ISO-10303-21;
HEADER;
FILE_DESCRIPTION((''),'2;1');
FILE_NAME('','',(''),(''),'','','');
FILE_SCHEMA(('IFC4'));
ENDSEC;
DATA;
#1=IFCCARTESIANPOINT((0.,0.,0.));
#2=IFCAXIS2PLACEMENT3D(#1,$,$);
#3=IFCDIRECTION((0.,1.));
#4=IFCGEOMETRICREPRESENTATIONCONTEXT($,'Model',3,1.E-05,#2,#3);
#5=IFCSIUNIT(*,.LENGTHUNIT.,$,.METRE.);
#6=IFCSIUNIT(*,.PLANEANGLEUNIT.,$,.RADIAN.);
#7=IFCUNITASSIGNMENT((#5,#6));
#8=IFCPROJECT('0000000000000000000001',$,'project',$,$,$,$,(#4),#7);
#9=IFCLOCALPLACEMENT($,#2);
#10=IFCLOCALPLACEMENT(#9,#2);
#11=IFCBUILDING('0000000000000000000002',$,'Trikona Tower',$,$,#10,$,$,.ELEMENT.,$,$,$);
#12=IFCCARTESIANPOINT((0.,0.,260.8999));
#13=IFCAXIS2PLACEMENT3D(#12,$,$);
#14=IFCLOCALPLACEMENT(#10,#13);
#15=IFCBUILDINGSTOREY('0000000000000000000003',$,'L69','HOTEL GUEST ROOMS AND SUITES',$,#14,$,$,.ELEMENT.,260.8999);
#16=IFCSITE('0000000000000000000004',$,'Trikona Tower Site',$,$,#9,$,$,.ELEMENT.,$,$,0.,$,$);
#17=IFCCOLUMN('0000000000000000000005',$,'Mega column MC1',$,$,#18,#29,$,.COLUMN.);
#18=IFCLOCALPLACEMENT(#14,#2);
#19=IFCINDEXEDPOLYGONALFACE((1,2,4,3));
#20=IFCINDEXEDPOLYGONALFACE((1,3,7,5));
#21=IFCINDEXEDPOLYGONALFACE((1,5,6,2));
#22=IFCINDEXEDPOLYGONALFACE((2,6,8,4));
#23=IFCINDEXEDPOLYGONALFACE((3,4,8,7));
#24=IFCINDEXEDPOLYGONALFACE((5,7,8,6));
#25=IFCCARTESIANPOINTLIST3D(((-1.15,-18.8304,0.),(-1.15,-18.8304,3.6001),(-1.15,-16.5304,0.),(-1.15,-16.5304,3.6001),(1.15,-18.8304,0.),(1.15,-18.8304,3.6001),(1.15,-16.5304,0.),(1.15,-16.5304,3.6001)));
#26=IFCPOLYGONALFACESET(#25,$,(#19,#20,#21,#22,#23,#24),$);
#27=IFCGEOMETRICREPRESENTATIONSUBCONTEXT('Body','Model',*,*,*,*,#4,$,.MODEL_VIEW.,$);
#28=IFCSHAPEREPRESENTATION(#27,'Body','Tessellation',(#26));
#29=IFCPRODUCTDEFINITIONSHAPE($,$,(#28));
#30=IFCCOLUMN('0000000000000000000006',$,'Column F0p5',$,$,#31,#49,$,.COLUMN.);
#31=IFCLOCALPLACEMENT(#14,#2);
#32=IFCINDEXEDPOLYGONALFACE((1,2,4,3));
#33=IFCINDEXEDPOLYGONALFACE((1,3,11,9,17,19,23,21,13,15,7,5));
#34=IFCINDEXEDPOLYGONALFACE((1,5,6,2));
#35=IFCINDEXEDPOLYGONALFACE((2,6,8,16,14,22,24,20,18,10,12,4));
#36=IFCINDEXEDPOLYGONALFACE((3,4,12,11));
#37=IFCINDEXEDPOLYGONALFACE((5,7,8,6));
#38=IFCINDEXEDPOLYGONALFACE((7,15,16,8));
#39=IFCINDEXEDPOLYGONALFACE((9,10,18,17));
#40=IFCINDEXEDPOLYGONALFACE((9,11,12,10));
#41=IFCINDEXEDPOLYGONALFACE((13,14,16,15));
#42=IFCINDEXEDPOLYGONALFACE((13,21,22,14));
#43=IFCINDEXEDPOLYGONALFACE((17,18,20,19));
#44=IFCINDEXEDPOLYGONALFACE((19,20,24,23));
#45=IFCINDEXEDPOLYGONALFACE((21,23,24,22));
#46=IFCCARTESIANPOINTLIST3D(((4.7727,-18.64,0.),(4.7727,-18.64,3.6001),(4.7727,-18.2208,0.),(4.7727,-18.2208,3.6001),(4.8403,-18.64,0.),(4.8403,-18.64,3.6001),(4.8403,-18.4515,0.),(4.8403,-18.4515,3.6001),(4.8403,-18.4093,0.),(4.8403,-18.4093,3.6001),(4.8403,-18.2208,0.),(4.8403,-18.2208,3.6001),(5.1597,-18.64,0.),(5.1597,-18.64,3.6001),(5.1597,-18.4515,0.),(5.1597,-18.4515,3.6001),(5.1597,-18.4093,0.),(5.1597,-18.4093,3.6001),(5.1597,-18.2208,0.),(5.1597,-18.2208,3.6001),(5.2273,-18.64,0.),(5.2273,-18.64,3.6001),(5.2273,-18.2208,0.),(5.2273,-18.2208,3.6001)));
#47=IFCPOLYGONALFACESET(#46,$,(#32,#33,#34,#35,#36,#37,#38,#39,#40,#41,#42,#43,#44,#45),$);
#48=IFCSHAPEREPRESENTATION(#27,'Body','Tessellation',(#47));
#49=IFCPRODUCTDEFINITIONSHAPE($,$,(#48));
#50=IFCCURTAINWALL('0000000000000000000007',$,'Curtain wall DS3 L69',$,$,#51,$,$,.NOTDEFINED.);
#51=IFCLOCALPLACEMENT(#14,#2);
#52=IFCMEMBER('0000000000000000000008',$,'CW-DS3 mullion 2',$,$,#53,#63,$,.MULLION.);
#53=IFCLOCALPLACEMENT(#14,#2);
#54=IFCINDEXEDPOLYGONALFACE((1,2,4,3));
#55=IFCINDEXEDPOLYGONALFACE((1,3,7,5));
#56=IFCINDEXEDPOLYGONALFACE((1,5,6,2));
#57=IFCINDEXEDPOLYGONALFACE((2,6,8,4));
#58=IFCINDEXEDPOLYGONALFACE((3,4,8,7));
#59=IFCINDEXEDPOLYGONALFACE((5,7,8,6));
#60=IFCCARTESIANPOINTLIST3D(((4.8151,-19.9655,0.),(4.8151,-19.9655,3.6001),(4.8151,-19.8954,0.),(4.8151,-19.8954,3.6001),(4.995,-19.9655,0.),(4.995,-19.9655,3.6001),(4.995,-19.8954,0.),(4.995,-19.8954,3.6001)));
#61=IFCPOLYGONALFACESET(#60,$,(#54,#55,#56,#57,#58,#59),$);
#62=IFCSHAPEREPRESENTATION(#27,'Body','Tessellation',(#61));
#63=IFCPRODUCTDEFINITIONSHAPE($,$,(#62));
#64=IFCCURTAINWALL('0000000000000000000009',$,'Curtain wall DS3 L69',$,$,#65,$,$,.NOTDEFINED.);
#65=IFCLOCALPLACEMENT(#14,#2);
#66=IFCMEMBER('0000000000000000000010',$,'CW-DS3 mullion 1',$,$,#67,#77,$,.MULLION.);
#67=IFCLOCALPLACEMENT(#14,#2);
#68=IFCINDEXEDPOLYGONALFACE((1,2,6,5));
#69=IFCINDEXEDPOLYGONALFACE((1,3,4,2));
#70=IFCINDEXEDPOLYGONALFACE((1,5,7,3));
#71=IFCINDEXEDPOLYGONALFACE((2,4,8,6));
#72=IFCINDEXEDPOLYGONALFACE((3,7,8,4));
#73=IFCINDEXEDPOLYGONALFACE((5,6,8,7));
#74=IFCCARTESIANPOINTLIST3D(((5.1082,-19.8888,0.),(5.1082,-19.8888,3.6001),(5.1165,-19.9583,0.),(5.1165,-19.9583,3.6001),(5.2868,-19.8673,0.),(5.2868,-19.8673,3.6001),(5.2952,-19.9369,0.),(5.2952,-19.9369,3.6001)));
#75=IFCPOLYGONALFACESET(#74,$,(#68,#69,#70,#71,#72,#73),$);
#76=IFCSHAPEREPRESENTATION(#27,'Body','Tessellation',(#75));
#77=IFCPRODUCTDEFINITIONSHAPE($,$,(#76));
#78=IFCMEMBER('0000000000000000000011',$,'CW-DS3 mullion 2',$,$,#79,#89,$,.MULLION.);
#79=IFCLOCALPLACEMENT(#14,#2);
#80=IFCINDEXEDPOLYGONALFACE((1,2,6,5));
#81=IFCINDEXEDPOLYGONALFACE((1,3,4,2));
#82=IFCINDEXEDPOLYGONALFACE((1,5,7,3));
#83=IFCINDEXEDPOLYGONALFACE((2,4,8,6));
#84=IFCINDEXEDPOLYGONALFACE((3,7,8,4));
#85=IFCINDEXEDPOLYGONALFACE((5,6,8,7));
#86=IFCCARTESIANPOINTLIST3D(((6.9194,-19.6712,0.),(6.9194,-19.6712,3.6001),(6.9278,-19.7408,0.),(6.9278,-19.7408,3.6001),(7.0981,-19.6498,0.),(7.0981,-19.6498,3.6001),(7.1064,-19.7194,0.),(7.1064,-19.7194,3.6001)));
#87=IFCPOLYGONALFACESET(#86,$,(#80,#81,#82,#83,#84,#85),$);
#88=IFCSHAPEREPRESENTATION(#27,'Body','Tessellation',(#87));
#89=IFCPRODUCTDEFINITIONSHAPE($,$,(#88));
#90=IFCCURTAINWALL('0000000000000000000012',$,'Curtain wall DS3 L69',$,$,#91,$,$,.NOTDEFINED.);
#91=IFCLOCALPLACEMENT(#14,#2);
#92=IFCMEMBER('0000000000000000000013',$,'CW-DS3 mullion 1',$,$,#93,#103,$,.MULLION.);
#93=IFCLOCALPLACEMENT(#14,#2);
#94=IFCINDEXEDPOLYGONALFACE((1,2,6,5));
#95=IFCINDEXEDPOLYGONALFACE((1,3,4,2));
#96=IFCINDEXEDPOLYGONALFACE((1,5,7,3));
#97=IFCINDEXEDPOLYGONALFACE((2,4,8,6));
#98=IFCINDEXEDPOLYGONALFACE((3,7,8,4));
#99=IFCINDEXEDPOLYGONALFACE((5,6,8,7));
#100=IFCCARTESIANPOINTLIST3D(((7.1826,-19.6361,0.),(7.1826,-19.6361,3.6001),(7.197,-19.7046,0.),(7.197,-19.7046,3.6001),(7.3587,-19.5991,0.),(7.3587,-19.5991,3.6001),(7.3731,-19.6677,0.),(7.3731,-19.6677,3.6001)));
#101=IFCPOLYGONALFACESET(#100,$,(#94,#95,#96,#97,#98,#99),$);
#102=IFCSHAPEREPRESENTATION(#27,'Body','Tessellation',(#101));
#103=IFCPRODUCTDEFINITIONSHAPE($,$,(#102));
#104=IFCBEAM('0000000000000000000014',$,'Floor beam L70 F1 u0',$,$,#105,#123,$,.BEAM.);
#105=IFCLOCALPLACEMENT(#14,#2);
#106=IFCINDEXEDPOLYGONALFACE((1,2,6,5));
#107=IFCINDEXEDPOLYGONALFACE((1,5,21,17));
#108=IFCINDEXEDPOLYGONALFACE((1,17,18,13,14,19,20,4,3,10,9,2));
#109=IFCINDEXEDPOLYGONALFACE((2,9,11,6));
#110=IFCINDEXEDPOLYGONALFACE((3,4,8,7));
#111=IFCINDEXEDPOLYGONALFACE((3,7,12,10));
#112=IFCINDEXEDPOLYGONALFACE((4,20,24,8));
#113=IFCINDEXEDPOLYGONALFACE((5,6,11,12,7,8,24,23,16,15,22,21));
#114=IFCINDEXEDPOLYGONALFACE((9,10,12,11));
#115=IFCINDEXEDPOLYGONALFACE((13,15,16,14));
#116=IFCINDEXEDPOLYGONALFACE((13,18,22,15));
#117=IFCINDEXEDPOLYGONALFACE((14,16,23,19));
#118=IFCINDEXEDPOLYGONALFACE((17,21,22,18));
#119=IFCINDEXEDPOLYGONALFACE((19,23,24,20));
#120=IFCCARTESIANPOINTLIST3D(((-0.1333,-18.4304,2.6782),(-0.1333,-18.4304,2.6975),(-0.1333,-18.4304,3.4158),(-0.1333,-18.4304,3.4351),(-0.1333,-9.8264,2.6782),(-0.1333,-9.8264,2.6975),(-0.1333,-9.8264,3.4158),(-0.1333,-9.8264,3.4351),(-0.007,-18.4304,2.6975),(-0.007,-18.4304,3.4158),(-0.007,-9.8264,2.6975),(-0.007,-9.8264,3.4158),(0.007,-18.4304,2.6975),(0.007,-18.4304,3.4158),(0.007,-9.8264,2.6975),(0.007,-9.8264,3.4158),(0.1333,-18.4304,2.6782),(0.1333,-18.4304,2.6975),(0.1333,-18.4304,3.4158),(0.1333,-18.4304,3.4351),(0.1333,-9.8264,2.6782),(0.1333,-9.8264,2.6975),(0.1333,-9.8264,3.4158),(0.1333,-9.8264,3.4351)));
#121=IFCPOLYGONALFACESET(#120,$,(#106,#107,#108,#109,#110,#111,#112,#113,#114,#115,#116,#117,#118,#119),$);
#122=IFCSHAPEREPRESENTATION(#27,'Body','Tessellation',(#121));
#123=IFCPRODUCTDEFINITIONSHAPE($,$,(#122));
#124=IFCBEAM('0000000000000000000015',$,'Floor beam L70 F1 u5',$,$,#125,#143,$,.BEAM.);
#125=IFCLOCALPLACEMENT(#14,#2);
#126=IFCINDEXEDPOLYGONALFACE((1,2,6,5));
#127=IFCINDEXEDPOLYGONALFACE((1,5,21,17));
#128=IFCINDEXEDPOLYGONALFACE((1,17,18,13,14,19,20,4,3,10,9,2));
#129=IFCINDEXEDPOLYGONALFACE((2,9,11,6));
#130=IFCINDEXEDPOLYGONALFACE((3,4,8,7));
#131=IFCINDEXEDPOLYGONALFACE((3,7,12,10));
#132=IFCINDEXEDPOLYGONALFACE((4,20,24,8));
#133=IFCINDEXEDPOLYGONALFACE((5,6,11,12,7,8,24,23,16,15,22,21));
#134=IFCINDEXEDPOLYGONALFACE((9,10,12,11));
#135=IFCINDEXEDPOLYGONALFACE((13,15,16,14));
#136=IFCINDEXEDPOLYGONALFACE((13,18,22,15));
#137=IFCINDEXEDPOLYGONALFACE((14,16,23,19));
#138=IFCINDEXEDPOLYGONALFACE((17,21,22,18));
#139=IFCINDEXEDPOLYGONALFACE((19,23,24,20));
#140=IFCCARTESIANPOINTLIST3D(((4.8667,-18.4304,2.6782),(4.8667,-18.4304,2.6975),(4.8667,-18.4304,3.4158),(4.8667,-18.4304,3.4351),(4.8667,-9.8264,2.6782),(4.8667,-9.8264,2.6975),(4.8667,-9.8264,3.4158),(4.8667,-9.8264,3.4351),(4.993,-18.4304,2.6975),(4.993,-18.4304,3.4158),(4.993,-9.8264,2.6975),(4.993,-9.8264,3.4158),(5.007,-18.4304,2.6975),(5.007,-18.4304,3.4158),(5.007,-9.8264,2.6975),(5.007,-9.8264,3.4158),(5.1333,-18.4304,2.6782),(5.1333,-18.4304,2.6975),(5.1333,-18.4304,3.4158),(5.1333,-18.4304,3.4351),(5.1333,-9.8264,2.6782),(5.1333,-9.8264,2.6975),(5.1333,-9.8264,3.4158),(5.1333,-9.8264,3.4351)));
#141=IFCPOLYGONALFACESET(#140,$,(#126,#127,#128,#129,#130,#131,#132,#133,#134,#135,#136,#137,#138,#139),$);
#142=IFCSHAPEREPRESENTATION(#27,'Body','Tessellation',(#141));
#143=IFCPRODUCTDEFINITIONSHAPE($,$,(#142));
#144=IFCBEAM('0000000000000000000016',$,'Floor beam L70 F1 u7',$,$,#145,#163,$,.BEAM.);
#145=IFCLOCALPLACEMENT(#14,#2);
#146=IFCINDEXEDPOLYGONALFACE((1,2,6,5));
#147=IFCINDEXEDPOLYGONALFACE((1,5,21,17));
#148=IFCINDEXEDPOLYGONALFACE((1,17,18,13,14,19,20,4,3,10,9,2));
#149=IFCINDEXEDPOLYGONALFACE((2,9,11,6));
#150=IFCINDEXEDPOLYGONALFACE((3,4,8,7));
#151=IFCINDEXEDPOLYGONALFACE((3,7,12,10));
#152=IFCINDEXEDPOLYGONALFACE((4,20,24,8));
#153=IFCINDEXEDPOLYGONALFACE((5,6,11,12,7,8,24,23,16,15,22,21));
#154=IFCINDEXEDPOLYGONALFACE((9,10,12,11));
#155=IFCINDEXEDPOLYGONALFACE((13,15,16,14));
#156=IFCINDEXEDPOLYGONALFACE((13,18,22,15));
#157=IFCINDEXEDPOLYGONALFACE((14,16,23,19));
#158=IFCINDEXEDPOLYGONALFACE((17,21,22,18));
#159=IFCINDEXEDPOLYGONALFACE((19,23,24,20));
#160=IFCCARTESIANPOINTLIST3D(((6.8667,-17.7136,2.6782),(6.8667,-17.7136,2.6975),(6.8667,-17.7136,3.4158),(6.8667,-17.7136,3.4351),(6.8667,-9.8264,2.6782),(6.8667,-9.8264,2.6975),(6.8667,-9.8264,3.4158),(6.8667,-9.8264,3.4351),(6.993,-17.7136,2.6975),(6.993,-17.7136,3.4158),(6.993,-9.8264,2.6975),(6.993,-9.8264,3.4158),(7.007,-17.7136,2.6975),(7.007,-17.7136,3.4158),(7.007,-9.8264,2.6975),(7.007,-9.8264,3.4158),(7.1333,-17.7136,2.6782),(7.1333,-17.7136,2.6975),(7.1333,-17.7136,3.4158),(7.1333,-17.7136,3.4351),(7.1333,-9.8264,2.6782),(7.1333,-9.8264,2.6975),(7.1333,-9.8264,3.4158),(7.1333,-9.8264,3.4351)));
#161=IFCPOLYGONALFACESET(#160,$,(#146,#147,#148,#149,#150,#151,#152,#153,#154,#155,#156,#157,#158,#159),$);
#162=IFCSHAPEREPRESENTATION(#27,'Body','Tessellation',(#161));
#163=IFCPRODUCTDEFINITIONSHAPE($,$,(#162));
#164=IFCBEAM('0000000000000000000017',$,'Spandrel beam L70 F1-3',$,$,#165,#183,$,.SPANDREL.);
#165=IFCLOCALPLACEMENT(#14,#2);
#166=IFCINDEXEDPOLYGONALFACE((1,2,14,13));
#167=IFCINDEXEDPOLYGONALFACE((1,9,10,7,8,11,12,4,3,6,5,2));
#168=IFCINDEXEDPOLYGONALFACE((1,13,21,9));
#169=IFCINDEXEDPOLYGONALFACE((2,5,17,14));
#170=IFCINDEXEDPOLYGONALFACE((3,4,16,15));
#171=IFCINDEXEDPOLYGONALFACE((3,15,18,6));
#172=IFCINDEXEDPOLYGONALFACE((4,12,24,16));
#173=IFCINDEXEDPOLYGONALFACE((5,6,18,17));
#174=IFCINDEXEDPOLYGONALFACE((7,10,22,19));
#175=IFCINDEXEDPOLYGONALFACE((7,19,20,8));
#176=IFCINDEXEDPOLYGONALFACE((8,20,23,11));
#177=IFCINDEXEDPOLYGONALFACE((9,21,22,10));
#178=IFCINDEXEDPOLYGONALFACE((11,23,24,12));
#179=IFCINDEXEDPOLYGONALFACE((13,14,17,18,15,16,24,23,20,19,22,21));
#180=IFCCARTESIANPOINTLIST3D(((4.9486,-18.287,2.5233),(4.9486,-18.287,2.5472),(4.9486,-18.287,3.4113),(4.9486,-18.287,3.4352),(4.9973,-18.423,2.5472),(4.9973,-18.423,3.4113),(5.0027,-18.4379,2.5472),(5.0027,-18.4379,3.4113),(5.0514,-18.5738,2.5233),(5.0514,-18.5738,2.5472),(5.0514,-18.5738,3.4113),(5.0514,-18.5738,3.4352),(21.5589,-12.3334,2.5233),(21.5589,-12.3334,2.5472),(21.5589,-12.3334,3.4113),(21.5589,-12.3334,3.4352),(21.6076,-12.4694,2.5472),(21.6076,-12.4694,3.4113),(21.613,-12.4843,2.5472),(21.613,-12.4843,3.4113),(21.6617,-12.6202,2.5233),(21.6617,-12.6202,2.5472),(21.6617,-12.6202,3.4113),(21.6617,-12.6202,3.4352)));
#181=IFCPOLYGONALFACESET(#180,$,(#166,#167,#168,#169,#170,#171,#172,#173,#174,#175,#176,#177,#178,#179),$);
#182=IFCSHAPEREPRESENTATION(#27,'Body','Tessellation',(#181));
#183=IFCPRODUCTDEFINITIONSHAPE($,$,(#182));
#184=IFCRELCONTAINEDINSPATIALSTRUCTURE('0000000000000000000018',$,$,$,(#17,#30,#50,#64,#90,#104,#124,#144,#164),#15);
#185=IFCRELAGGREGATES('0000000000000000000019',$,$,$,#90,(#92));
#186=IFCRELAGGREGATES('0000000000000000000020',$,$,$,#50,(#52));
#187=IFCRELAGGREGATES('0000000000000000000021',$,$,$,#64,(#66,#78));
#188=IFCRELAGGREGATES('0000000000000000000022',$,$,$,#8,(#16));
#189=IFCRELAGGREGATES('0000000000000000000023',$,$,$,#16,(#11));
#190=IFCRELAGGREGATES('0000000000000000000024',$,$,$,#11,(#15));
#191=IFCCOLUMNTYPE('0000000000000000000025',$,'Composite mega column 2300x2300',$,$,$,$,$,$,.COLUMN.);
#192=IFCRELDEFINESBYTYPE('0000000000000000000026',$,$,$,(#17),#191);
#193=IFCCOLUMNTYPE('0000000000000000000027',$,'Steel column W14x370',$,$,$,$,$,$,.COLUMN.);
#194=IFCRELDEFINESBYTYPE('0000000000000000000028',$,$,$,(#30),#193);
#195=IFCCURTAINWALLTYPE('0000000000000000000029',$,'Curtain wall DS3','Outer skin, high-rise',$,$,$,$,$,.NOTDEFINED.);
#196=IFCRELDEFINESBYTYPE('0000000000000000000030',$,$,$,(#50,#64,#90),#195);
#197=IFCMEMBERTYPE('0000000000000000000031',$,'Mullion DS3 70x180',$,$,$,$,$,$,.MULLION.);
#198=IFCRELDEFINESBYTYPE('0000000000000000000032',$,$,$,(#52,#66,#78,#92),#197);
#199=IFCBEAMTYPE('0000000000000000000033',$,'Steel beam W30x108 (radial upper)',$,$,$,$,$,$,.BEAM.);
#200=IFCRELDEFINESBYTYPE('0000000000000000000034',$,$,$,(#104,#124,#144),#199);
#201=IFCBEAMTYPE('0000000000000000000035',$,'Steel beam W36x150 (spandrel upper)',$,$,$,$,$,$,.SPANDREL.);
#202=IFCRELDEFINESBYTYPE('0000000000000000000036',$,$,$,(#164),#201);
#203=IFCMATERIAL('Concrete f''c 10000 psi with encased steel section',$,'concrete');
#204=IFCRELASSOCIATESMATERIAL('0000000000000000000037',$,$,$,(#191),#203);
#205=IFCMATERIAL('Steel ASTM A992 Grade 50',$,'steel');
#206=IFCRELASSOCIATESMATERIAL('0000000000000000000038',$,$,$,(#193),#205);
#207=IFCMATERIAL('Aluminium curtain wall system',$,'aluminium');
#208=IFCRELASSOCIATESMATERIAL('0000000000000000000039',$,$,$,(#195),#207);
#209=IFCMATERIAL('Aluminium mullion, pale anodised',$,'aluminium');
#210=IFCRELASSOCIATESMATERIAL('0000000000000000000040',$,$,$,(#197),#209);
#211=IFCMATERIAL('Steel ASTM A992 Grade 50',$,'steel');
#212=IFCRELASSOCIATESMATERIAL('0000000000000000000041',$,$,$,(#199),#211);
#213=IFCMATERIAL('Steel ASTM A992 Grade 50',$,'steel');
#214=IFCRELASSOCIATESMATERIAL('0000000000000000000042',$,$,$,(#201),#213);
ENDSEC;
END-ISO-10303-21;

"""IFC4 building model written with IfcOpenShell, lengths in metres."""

from ifc_helpers import new_model, si_unit, direction, frame, origin, origin_2d, place, context, subcontext, project, spatial, rectangle, i_section, extrude, material, material_profile, profile_set, type_object, element, aggregate, save


model = new_model("IFC4")

# Units and contexts
model_context = context("Model", 3, precision=1e-05, world=origin(), true_north=direction((0.0, 1.0)))
body_context = subcontext(model_context, "Body", "Model", "MODEL_VIEW")
ifc_project = project(units=[si_unit("LENGTHUNIT", "METRE"), si_unit("PLANEANGLEUNIT", "RADIAN")], contexts=[model_context])

# Site, building, storey
site_placement = place(None, origin())
site = spatial("IfcSite", under=ifc_project, at=site_placement, Name="Trikona Tower Site", CompositionType="ELEMENT", RefElevation=0.0)
building_placement = place(site_placement, origin())
building = spatial("IfcBuilding", under=site, at=building_placement, Name="Trikona Tower", CompositionType="ELEMENT")
storey_placement = place(building_placement, frame((0.0, 0.0, 260.8999)))
storey = spatial("IfcBuildingStorey", under=building, at=storey_placement, Name="L69", Description="HOTEL GUEST ROOMS AND SUITES", CompositionType="ELEMENT", Elevation=260.8999)

# Columns
ifc_material_1 = material(Name="Concrete f'c 10000 psi with encased steel section", Category="concrete")
ifc_material_profile_1 = material_profile(ifc_material_1, rectangle(XDim=2.3, YDim=2.3, at=origin_2d()), Name="MC2300")
ifc_profile_set_1 = profile_set([ifc_material_profile_1], Name="Concrete f'c 10000 psi with encased steel section")
column_type_1 = type_object("IfcColumnType", Name="Composite mega column 2300x2300", PredefinedType="COLUMN", material=ifc_profile_set_1)
column_1_placement = place(storey_placement, frame((0.0, -17.6804, 0.0), z_axis=(0.0, 0.0, 1.0), x_axis=(0.0, -1.0, 0.0)))
element("IfcColumn", 1, at=column_1_placement, inside=storey, type_object=column_type_1, Name="Mega column MC1", PredefinedType="COLUMN", context=body_context, shape_type="SweptSolid", body=[
    extrude(rectangle(XDim=2.3, YDim=2.3, at=origin_2d()), origin(), (0.0, 0.0, 1.0), 3.6001),
])
ifc_material_2 = material(Name="Steel ASTM A992 Grade 50", Category="steel")
ifc_material_profile_2 = material_profile(ifc_material_2, i_section(OverallWidth=0.4192, OverallDepth=0.4546, WebThickness=0.0422, FlangeThickness=0.0676, at=origin_2d()), Name="W14X370")
ifc_profile_set_2 = profile_set([ifc_material_profile_2], Name="Steel ASTM A992 Grade 50")
column_type_2 = type_object("IfcColumnType", Name="Steel column W14x370", PredefinedType="COLUMN", material=ifc_profile_set_2)
column_2_placement = place(storey_placement, frame((5.0, -18.4304, 0.0), z_axis=(0.0, 0.0, 1.0), x_axis=(0.0, -1.0, 0.0)))
element("IfcColumn", 2, at=column_2_placement, inside=storey, type_object=column_type_2, Name="Column F0p5", PredefinedType="COLUMN", context=body_context, shape_type="SweptSolid", body=[
    extrude(i_section(OverallWidth=0.4192, OverallDepth=0.4546, WebThickness=0.0422, FlangeThickness=0.0676, at=origin_2d()), origin(), (0.0, 0.0, 1.0), 3.6001),
])

# Curtain wall, member
ifc_material_3 = material(Name="Aluminium curtain wall system", Category="aluminium")
curtain_wall_type = type_object("IfcCurtainWallType", Name="Curtain wall DS3", Description="Outer skin, high-rise", PredefinedType="NOTDEFINED", material=ifc_material_3)
curtain_wall_1_placement = place(storey_placement, origin())
curtain_wall_1 = element("IfcCurtainWall", 3, at=curtain_wall_1_placement, inside=storey, type_object=curtain_wall_type, Name="Curtain wall DS3 L69", PredefinedType="NOTDEFINED")
ifc_material_4 = material(Name="Aluminium mullion, pale anodised", Category="aluminium")
ifc_material_profile_3 = material_profile(ifc_material_4, rectangle(XDim=0.0701, YDim=0.1799, at=origin_2d()), Name="MUL-DS3")
ifc_profile_set_3 = profile_set([ifc_material_profile_3], Name="Aluminium mullion, pale anodised")
member_type_1 = type_object("IfcMemberType", Name="Mullion DS3 70x180", PredefinedType="MULLION", material=ifc_profile_set_3)
member_1_placement = place(storey_placement, frame((4.905, -19.9304, 0.0), z_axis=(0.0, 0.0, 1.0), x_axis=(0.0, 1.0, 0.0)))
member_1 = element("IfcMember", 4, at=member_1_placement, type_object=member_type_1, Name="CW-DS3 mullion 2", PredefinedType="MULLION", context=body_context, shape_type="SweptSolid", body=[
    extrude(rectangle(XDim=0.0701, YDim=0.1799, at=origin_2d()), origin(), (0.0, 0.0, 1.0), 3.6001),
])

# Curtain wall, members
curtain_wall_2_placement = place(storey_placement, origin())
curtain_wall_2 = element("IfcCurtainWall", 5, at=curtain_wall_2_placement, inside=storey, type_object=curtain_wall_type, Name="Curtain wall DS3 L69", PredefinedType="NOTDEFINED")
member_2_placement = place(storey_placement, frame((5.2017, -19.9128, 0.0), z_axis=(0.0, 0.0, 1.0), x_axis=(-0.119141, 0.992877, 0.0)))
member_2 = element("IfcMember", 6, at=member_2_placement, type_object=member_type_1, Name="CW-DS3 mullion 1", PredefinedType="MULLION", context=body_context, shape_type="SweptSolid", body=[
    extrude(rectangle(XDim=0.0701, YDim=0.1799, at=origin_2d()), origin(), (0.0, 0.0, 1.0), 3.6001),
])
member_3_placement = place(storey_placement, frame((7.0129, -19.6953, 0.0), z_axis=(0.0, 0.0, 1.0), x_axis=(-0.119141, 0.992877, 0.0)))
member_3 = element("IfcMember", 7, at=member_3_placement, type_object=member_type_1, Name="CW-DS3 mullion 2", PredefinedType="MULLION", context=body_context, shape_type="SweptSolid", body=[
    extrude(rectangle(XDim=0.0701, YDim=0.1799, at=origin_2d()), origin(), (0.0, 0.0, 1.0), 3.6001),
])

# Curtain wall, member
curtain_wall_3_placement = place(storey_placement, origin())
curtain_wall_3 = element("IfcCurtainWall", 8, at=curtain_wall_3_placement, inside=storey, type_object=curtain_wall_type, Name="Curtain wall DS3 L69", PredefinedType="NOTDEFINED")
member_4_placement = place(storey_placement, frame((7.2778, -19.6519, 0.0), z_axis=(0.0, 0.0, 1.0), x_axis=(-0.205527, 0.978651, 0.0)))
member_4 = element("IfcMember", 9, at=member_4_placement, type_object=member_type_1, Name="CW-DS3 mullion 1", PredefinedType="MULLION", context=body_context, shape_type="SweptSolid", body=[
    extrude(rectangle(XDim=0.0701, YDim=0.1799, at=origin_2d()), origin(), (0.0, 0.0, 1.0), 3.6001),
])

# Beams
ifc_material_5 = material(Name="Steel ASTM A992 Grade 50", Category="steel")
ifc_material_profile_4 = material_profile(ifc_material_5, i_section(OverallWidth=0.2666, OverallDepth=0.7568, WebThickness=0.0139, FlangeThickness=0.0193, at=origin_2d()), Name="W30X108")
ifc_profile_set_4 = profile_set([ifc_material_profile_4], Name="Steel ASTM A992 Grade 50")
beam_type_1 = type_object("IfcBeamType", Name="Steel beam W30x108 (radial upper)", PredefinedType="BEAM", material=ifc_profile_set_4)
for number, where, z_axis, x_axis, name in (
    (10, (0.0, -9.8264, 3.0566), (0.0, -1.0, 0.0), (1.0, 0.0, 0.0), "Floor beam L70 F1 u0"),
    (11, (5.0, -9.8264, 3.0566), (0.0, -1.0, 0.0), (1.0, 0.0, 0.0), "Floor beam L70 F1 u5"),
):
    element("IfcBeam", number, at=place(storey_placement, frame(where, z_axis=z_axis, x_axis=x_axis)), inside=storey, type_object=beam_type_1, Name=name, PredefinedType="BEAM", context=body_context, shape_type="SweptSolid", body=[
        extrude(i_section(OverallWidth=0.2666, OverallDepth=0.7568, WebThickness=0.0139, FlangeThickness=0.0193, at=origin_2d()), origin(), (0.0, 0.0, 1.0), 8.604),
    ])
beam_1_placement = place(storey_placement, frame((7.0, -9.8264, 3.0566), z_axis=(0.0, -1.0, 0.0), x_axis=(1.0, 0.0, 0.0)))
element("IfcBeam", 12, at=beam_1_placement, inside=storey, type_object=beam_type_1, Name="Floor beam L70 F1 u7", PredefinedType="BEAM", context=body_context, shape_type="SweptSolid", body=[
    extrude(i_section(OverallWidth=0.2666, OverallDepth=0.7568, WebThickness=0.0139, FlangeThickness=0.0193, at=origin_2d()), origin(), (0.0, 0.0, 1.0), 7.8872),
])
ifc_material_6 = material(Name="Steel ASTM A992 Grade 50", Category="steel")
ifc_material_profile_5 = material_profile(ifc_material_6, i_section(OverallWidth=0.3047, OverallDepth=0.9119, WebThickness=0.0159, FlangeThickness=0.0239, at=origin_2d()), Name="W36X150")
ifc_profile_set_5 = profile_set([ifc_material_profile_5], Name="Steel ASTM A992 Grade 50")
beam_type_2 = type_object("IfcBeamType", Name="Steel beam W36x150 (spandrel upper)", PredefinedType="SPANDREL", material=ifc_profile_set_5)
beam_2_placement = place(storey_placement, frame((5.0, -18.4304, 2.9792), z_axis=(0.941358, 0.337409, 0.0), x_axis=(-0.337409, 0.941358, 0.0)))
element("IfcBeam", 13, at=beam_2_placement, inside=storey, type_object=beam_type_2, Name="Spandrel beam L70 F1-3", PredefinedType="SPANDREL", context=body_context, shape_type="SweptSolid", body=[
    extrude(i_section(OverallWidth=0.3047, OverallDepth=0.9119, WebThickness=0.0159, FlangeThickness=0.0239, at=origin_2d()), origin(), (0.0, 0.0, 1.0), 17.645),
])

aggregate(curtain_wall_3, [member_4])

aggregate(curtain_wall_1, [member_1])
aggregate(curtain_wall_2, [member_2, member_3])

save(model, "model.ifc")
